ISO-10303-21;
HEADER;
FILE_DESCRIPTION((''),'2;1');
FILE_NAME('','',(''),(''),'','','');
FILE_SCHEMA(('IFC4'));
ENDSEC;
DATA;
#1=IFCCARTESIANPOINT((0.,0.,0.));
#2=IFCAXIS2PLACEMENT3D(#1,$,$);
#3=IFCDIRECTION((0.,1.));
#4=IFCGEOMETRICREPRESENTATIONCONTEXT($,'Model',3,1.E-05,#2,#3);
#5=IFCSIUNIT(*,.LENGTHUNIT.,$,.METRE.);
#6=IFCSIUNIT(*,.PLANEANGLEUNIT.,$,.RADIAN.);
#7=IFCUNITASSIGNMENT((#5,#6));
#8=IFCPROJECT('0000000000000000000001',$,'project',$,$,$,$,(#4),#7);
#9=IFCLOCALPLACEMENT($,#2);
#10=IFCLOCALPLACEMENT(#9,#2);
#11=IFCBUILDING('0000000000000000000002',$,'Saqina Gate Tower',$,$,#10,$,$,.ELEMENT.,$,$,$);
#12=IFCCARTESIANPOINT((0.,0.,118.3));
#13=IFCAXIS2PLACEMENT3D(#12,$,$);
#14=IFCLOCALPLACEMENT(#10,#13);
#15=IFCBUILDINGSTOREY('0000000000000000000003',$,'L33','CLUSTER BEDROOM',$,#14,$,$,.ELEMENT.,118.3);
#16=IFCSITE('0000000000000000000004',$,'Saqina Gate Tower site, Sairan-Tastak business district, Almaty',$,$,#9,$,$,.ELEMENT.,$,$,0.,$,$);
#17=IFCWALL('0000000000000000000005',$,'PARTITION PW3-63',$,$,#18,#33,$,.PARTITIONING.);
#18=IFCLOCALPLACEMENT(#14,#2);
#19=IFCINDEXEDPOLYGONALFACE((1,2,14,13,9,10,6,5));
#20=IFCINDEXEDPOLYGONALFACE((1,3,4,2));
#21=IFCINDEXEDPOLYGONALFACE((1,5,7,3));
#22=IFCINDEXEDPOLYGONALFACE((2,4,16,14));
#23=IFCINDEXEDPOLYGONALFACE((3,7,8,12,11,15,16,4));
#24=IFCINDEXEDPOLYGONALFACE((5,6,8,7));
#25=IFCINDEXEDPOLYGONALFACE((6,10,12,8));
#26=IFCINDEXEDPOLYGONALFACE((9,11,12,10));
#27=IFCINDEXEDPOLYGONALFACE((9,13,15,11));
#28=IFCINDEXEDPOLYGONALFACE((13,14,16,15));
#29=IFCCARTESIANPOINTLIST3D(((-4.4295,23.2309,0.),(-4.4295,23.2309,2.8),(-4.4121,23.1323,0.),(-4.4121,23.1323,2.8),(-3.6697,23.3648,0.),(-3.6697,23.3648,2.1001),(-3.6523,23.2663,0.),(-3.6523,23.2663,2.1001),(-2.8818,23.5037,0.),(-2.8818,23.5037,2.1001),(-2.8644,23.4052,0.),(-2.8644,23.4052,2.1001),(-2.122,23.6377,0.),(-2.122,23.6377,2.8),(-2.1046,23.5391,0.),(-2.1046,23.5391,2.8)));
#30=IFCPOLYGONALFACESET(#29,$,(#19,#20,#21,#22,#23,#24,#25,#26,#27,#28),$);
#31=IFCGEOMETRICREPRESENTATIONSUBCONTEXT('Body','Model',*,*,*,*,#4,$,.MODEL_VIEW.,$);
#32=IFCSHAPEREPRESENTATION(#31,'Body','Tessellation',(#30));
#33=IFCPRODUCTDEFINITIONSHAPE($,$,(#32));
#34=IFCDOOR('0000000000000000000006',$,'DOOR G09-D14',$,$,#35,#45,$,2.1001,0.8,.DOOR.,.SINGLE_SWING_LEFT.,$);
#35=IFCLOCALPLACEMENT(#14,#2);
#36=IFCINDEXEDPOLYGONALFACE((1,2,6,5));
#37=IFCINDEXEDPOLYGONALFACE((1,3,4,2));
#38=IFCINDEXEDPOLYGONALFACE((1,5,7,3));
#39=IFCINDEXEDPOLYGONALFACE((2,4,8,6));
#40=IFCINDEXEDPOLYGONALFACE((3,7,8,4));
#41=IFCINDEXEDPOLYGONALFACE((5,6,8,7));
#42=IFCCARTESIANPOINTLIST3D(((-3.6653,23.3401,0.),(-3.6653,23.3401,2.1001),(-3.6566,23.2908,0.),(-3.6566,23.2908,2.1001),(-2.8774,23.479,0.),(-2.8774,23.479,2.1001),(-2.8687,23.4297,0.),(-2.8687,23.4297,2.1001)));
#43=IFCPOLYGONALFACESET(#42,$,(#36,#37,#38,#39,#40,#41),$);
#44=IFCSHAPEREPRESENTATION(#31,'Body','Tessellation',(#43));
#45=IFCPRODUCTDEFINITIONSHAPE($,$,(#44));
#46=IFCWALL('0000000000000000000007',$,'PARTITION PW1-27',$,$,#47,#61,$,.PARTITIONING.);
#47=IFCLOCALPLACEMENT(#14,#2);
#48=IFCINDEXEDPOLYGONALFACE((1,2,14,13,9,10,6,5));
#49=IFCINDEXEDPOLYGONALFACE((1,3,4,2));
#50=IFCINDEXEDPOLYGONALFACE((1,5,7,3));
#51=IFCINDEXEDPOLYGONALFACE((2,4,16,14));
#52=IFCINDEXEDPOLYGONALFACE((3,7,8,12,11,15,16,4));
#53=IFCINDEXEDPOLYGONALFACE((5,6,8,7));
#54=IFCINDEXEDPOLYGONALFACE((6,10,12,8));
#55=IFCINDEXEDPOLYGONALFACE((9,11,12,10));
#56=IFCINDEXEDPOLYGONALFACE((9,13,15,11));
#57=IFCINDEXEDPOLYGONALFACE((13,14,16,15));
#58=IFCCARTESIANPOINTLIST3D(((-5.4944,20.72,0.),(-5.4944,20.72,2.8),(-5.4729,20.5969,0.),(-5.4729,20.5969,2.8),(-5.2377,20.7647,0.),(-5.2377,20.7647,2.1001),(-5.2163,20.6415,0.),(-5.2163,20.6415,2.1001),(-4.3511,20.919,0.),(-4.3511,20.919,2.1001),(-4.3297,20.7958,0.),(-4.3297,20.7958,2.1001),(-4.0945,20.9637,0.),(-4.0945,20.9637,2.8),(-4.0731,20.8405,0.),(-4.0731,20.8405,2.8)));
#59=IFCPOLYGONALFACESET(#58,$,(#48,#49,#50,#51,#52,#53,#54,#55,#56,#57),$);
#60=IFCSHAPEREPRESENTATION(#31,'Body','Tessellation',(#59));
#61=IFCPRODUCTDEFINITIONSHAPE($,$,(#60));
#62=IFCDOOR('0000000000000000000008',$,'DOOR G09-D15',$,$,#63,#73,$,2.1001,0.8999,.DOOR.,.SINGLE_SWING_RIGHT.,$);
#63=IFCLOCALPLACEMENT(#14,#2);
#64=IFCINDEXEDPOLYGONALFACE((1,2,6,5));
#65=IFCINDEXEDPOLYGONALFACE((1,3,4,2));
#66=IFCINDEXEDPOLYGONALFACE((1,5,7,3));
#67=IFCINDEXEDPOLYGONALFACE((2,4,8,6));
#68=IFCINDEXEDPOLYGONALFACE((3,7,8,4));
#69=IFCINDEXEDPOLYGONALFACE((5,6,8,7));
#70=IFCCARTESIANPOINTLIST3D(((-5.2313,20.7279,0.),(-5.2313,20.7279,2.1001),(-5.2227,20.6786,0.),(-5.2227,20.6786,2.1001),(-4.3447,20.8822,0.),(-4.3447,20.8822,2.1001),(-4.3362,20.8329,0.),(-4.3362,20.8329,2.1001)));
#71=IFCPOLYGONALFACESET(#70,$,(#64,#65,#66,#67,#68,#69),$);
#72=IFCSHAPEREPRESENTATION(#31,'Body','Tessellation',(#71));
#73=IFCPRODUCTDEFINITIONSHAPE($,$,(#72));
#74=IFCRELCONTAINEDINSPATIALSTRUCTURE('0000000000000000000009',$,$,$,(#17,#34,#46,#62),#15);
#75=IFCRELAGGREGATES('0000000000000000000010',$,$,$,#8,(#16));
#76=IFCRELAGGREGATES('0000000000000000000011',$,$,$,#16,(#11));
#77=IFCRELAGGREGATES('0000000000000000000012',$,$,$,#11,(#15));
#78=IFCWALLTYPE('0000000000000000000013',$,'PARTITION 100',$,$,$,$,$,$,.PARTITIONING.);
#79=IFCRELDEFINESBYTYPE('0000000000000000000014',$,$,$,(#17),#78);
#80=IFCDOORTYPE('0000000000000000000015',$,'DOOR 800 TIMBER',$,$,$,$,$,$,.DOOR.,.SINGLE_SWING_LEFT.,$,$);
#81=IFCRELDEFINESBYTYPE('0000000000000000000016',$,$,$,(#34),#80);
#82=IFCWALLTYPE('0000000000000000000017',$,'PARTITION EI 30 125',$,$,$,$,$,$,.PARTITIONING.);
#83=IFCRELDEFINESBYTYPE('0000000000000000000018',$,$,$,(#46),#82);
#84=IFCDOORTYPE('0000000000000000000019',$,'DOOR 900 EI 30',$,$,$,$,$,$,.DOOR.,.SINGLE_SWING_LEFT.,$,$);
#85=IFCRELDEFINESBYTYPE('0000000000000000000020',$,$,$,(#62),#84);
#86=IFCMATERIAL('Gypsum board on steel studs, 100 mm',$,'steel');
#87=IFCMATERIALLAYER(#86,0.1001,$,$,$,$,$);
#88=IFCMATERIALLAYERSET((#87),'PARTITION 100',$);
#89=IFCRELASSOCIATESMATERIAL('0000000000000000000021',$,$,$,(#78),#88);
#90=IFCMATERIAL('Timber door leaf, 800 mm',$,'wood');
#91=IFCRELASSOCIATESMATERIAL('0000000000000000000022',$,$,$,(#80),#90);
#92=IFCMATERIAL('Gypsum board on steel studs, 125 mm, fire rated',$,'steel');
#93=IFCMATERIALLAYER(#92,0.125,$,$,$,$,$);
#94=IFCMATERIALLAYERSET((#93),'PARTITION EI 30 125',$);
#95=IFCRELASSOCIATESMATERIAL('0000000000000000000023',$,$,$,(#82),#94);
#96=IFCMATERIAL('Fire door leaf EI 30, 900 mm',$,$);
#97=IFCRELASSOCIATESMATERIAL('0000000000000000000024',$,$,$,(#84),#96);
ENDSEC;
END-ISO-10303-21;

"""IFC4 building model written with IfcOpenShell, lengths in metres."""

from ifc_helpers import new_model, si_unit, direction, frame, frame_2d, origin, place, context, subcontext, project, spatial, rectangle, extrude, material, layer, layer_set, type_object, element, fill, save


model = new_model("IFC4")

# Units and contexts
model_context = context("Model", 3, precision=1e-05, world=origin(), true_north=direction((0.0, 1.0)))
body_context = subcontext(model_context, "Body", "Model", "MODEL_VIEW")
ifc_project = project(units=[si_unit("LENGTHUNIT", "METRE"), si_unit("PLANEANGLEUNIT", "RADIAN")], contexts=[model_context])

# Site, building, storey
site_placement = place(None, origin())
site = spatial("IfcSite", under=ifc_project, at=site_placement, Name="Saqina Gate Tower site, Sairan-Tastak business district, Almaty", CompositionType="ELEMENT", RefElevation=0.0)
building_placement = place(site_placement, origin())
building = spatial("IfcBuilding", under=site, at=building_placement, Name="Saqina Gate Tower", CompositionType="ELEMENT")
storey_placement = place(building_placement, frame((0.0, 0.0, 118.3)))
storey = spatial("IfcBuildingStorey", under=building, at=storey_placement, Name="L33", Description="CLUSTER BEDROOM", CompositionType="ELEMENT", Elevation=118.3)

# Shared definitions
ifc_material_1 = material(Name="Gypsum board on steel studs, 100 mm", Category="steel")
ifc_layer_1 = layer(ifc_material_1, 0.1001)
ifc_layer_set_1 = layer_set([ifc_layer_1], Name="PARTITION 100")
wall_type_1 = type_object("IfcWallType", Name="PARTITION 100", PredefinedType="PARTITIONING", material=ifc_layer_set_1)

# Shared definitions
ifc_material_2 = material(Name="Timber door leaf, 800 mm", Category="wood")
door_type_1 = type_object("IfcDoorType", Name="DOOR 800 TIMBER", OperationType="SINGLE_SWING_LEFT", PredefinedType="DOOR", material=ifc_material_2)

# Walls, openings, doors
wall_1_placement = place(storey_placement, frame((-4.4207, 23.1816, 0.0), z_axis=(0.0, 0.0, 1.0), x_axis=(0.984816, 0.173601, 0.0)))
wall_1 = element("IfcWall", 1, at=wall_1_placement, inside=storey, type_object=wall_type_1, Name="PARTITION PW3-63", PredefinedType="PARTITIONING", context=body_context, shape_type="SweptSolid", body=[
    extrude(rectangle(XDim=2.343, YDim=0.1001, at=frame_2d((1.1714, 0.0))), origin(), (0.0, 0.0, 1.0), 2.8),
])
opening_1_placement = place(wall_1_placement, frame((0.7715, 0.0, 0.0)))
opening_1 = element("IfcOpeningElement", 2, at=opening_1_placement, cuts=wall_1, PredefinedType="OPENING", context=body_context, shape_type="SweptSolid", body=[
    extrude(rectangle(XDim=0.8, YDim=2.1001, at=frame_2d((0.3999, 1.05))), frame((0.0, 0.062, 0.0), z_axis=(0.0, -1.0, 0.0), x_axis=(1.0, 0.0, 0.0)), (0.0, 0.0, 1.0), 0.124),
])
door_1_placement = place(opening_1_placement, origin())
door_1 = element("IfcDoor", 3, at=door_1_placement, inside=storey, type_object=door_type_1, Name="DOOR G09-D14", OperationType="SINGLE_SWING_LEFT", OverallHeight=2.1001, OverallWidth=0.8, PredefinedType="DOOR", context=body_context, shape_type="SweptSolid", body=[
    extrude(rectangle(XDim=0.8, YDim=2.1001, at=frame_2d((0.3999, 1.05))), frame((0.0, 0.0249, 0.0), z_axis=(0.0, -1.0, 0.0), x_axis=(1.0, 0.0, 0.0)), (0.0, 0.0, 1.0), 0.05),
])
fill(opening_1, door_1)
ifc_material_3 = material(Name="Gypsum board on steel studs, 125 mm, fire rated", Category="steel")
ifc_layer_2 = layer(ifc_material_3, 0.125)
ifc_layer_set_2 = layer_set([ifc_layer_2], Name="PARTITION EI 30 125")
wall_type_2 = type_object("IfcWallType", Name="PARTITION EI 30 125", PredefinedType="PARTITIONING", material=ifc_layer_set_2)
wall_2_placement = place(storey_placement, frame((-5.4836, 20.6584, 0.0), z_axis=(0.0, 0.0, 1.0), x_axis=(0.985189, 0.171472, 0.0)))
wall_2 = element("IfcWall", 4, at=wall_2_placement, inside=storey, type_object=wall_type_2, Name="PARTITION PW1-27", PredefinedType="PARTITIONING", context=body_context, shape_type="SweptSolid", body=[
    extrude(rectangle(XDim=1.4209, YDim=0.125, at=frame_2d((0.7104, 0.0))), origin(), (0.0, 0.0, 1.0), 2.8),
])
opening_2_placement = place(wall_2_placement, frame((0.2605, 0.0, 0.0)))
opening_2 = element("IfcOpeningElement", 5, at=opening_2_placement, cuts=wall_2, PredefinedType="OPENING", context=body_context, shape_type="SweptSolid", body=[
    extrude(rectangle(XDim=0.8999, YDim=2.1001, at=frame_2d((0.45, 1.05))), frame((0.0, 0.0745, 0.0), z_axis=(0.0, -1.0, 0.0), x_axis=(1.0, 0.0, 0.0)), (0.0, 0.0, 1.0), 0.1489),
])
ifc_material_4 = material(Name="Fire door leaf EI 30, 900 mm")
door_type_2 = type_object("IfcDoorType", Name="DOOR 900 EI 30", OperationType="SINGLE_SWING_LEFT", PredefinedType="DOOR", material=ifc_material_4)
door_2_placement = place(opening_2_placement, frame((0.8999, 0.0, 0.0), z_axis=(0.0, 0.0, 1.0), x_axis=(-1.0, 0.0, 0.0)))
door_2 = element("IfcDoor", 6, at=door_2_placement, inside=storey, type_object=door_type_2, Name="DOOR G09-D15", OperationType="SINGLE_SWING_RIGHT", OverallHeight=2.1001, OverallWidth=0.8999, PredefinedType="DOOR", context=body_context, shape_type="SweptSolid", body=[
    extrude(rectangle(XDim=0.8999, YDim=2.1001, at=frame_2d((0.45, 1.05))), frame((0.0, 0.0249, 0.0), z_axis=(0.0, -1.0, 0.0), x_axis=(1.0, 0.0, 0.0)), (0.0, 0.0, 1.0), 0.05),
])
fill(opening_2, door_2)

save(model, "model.ifc")
